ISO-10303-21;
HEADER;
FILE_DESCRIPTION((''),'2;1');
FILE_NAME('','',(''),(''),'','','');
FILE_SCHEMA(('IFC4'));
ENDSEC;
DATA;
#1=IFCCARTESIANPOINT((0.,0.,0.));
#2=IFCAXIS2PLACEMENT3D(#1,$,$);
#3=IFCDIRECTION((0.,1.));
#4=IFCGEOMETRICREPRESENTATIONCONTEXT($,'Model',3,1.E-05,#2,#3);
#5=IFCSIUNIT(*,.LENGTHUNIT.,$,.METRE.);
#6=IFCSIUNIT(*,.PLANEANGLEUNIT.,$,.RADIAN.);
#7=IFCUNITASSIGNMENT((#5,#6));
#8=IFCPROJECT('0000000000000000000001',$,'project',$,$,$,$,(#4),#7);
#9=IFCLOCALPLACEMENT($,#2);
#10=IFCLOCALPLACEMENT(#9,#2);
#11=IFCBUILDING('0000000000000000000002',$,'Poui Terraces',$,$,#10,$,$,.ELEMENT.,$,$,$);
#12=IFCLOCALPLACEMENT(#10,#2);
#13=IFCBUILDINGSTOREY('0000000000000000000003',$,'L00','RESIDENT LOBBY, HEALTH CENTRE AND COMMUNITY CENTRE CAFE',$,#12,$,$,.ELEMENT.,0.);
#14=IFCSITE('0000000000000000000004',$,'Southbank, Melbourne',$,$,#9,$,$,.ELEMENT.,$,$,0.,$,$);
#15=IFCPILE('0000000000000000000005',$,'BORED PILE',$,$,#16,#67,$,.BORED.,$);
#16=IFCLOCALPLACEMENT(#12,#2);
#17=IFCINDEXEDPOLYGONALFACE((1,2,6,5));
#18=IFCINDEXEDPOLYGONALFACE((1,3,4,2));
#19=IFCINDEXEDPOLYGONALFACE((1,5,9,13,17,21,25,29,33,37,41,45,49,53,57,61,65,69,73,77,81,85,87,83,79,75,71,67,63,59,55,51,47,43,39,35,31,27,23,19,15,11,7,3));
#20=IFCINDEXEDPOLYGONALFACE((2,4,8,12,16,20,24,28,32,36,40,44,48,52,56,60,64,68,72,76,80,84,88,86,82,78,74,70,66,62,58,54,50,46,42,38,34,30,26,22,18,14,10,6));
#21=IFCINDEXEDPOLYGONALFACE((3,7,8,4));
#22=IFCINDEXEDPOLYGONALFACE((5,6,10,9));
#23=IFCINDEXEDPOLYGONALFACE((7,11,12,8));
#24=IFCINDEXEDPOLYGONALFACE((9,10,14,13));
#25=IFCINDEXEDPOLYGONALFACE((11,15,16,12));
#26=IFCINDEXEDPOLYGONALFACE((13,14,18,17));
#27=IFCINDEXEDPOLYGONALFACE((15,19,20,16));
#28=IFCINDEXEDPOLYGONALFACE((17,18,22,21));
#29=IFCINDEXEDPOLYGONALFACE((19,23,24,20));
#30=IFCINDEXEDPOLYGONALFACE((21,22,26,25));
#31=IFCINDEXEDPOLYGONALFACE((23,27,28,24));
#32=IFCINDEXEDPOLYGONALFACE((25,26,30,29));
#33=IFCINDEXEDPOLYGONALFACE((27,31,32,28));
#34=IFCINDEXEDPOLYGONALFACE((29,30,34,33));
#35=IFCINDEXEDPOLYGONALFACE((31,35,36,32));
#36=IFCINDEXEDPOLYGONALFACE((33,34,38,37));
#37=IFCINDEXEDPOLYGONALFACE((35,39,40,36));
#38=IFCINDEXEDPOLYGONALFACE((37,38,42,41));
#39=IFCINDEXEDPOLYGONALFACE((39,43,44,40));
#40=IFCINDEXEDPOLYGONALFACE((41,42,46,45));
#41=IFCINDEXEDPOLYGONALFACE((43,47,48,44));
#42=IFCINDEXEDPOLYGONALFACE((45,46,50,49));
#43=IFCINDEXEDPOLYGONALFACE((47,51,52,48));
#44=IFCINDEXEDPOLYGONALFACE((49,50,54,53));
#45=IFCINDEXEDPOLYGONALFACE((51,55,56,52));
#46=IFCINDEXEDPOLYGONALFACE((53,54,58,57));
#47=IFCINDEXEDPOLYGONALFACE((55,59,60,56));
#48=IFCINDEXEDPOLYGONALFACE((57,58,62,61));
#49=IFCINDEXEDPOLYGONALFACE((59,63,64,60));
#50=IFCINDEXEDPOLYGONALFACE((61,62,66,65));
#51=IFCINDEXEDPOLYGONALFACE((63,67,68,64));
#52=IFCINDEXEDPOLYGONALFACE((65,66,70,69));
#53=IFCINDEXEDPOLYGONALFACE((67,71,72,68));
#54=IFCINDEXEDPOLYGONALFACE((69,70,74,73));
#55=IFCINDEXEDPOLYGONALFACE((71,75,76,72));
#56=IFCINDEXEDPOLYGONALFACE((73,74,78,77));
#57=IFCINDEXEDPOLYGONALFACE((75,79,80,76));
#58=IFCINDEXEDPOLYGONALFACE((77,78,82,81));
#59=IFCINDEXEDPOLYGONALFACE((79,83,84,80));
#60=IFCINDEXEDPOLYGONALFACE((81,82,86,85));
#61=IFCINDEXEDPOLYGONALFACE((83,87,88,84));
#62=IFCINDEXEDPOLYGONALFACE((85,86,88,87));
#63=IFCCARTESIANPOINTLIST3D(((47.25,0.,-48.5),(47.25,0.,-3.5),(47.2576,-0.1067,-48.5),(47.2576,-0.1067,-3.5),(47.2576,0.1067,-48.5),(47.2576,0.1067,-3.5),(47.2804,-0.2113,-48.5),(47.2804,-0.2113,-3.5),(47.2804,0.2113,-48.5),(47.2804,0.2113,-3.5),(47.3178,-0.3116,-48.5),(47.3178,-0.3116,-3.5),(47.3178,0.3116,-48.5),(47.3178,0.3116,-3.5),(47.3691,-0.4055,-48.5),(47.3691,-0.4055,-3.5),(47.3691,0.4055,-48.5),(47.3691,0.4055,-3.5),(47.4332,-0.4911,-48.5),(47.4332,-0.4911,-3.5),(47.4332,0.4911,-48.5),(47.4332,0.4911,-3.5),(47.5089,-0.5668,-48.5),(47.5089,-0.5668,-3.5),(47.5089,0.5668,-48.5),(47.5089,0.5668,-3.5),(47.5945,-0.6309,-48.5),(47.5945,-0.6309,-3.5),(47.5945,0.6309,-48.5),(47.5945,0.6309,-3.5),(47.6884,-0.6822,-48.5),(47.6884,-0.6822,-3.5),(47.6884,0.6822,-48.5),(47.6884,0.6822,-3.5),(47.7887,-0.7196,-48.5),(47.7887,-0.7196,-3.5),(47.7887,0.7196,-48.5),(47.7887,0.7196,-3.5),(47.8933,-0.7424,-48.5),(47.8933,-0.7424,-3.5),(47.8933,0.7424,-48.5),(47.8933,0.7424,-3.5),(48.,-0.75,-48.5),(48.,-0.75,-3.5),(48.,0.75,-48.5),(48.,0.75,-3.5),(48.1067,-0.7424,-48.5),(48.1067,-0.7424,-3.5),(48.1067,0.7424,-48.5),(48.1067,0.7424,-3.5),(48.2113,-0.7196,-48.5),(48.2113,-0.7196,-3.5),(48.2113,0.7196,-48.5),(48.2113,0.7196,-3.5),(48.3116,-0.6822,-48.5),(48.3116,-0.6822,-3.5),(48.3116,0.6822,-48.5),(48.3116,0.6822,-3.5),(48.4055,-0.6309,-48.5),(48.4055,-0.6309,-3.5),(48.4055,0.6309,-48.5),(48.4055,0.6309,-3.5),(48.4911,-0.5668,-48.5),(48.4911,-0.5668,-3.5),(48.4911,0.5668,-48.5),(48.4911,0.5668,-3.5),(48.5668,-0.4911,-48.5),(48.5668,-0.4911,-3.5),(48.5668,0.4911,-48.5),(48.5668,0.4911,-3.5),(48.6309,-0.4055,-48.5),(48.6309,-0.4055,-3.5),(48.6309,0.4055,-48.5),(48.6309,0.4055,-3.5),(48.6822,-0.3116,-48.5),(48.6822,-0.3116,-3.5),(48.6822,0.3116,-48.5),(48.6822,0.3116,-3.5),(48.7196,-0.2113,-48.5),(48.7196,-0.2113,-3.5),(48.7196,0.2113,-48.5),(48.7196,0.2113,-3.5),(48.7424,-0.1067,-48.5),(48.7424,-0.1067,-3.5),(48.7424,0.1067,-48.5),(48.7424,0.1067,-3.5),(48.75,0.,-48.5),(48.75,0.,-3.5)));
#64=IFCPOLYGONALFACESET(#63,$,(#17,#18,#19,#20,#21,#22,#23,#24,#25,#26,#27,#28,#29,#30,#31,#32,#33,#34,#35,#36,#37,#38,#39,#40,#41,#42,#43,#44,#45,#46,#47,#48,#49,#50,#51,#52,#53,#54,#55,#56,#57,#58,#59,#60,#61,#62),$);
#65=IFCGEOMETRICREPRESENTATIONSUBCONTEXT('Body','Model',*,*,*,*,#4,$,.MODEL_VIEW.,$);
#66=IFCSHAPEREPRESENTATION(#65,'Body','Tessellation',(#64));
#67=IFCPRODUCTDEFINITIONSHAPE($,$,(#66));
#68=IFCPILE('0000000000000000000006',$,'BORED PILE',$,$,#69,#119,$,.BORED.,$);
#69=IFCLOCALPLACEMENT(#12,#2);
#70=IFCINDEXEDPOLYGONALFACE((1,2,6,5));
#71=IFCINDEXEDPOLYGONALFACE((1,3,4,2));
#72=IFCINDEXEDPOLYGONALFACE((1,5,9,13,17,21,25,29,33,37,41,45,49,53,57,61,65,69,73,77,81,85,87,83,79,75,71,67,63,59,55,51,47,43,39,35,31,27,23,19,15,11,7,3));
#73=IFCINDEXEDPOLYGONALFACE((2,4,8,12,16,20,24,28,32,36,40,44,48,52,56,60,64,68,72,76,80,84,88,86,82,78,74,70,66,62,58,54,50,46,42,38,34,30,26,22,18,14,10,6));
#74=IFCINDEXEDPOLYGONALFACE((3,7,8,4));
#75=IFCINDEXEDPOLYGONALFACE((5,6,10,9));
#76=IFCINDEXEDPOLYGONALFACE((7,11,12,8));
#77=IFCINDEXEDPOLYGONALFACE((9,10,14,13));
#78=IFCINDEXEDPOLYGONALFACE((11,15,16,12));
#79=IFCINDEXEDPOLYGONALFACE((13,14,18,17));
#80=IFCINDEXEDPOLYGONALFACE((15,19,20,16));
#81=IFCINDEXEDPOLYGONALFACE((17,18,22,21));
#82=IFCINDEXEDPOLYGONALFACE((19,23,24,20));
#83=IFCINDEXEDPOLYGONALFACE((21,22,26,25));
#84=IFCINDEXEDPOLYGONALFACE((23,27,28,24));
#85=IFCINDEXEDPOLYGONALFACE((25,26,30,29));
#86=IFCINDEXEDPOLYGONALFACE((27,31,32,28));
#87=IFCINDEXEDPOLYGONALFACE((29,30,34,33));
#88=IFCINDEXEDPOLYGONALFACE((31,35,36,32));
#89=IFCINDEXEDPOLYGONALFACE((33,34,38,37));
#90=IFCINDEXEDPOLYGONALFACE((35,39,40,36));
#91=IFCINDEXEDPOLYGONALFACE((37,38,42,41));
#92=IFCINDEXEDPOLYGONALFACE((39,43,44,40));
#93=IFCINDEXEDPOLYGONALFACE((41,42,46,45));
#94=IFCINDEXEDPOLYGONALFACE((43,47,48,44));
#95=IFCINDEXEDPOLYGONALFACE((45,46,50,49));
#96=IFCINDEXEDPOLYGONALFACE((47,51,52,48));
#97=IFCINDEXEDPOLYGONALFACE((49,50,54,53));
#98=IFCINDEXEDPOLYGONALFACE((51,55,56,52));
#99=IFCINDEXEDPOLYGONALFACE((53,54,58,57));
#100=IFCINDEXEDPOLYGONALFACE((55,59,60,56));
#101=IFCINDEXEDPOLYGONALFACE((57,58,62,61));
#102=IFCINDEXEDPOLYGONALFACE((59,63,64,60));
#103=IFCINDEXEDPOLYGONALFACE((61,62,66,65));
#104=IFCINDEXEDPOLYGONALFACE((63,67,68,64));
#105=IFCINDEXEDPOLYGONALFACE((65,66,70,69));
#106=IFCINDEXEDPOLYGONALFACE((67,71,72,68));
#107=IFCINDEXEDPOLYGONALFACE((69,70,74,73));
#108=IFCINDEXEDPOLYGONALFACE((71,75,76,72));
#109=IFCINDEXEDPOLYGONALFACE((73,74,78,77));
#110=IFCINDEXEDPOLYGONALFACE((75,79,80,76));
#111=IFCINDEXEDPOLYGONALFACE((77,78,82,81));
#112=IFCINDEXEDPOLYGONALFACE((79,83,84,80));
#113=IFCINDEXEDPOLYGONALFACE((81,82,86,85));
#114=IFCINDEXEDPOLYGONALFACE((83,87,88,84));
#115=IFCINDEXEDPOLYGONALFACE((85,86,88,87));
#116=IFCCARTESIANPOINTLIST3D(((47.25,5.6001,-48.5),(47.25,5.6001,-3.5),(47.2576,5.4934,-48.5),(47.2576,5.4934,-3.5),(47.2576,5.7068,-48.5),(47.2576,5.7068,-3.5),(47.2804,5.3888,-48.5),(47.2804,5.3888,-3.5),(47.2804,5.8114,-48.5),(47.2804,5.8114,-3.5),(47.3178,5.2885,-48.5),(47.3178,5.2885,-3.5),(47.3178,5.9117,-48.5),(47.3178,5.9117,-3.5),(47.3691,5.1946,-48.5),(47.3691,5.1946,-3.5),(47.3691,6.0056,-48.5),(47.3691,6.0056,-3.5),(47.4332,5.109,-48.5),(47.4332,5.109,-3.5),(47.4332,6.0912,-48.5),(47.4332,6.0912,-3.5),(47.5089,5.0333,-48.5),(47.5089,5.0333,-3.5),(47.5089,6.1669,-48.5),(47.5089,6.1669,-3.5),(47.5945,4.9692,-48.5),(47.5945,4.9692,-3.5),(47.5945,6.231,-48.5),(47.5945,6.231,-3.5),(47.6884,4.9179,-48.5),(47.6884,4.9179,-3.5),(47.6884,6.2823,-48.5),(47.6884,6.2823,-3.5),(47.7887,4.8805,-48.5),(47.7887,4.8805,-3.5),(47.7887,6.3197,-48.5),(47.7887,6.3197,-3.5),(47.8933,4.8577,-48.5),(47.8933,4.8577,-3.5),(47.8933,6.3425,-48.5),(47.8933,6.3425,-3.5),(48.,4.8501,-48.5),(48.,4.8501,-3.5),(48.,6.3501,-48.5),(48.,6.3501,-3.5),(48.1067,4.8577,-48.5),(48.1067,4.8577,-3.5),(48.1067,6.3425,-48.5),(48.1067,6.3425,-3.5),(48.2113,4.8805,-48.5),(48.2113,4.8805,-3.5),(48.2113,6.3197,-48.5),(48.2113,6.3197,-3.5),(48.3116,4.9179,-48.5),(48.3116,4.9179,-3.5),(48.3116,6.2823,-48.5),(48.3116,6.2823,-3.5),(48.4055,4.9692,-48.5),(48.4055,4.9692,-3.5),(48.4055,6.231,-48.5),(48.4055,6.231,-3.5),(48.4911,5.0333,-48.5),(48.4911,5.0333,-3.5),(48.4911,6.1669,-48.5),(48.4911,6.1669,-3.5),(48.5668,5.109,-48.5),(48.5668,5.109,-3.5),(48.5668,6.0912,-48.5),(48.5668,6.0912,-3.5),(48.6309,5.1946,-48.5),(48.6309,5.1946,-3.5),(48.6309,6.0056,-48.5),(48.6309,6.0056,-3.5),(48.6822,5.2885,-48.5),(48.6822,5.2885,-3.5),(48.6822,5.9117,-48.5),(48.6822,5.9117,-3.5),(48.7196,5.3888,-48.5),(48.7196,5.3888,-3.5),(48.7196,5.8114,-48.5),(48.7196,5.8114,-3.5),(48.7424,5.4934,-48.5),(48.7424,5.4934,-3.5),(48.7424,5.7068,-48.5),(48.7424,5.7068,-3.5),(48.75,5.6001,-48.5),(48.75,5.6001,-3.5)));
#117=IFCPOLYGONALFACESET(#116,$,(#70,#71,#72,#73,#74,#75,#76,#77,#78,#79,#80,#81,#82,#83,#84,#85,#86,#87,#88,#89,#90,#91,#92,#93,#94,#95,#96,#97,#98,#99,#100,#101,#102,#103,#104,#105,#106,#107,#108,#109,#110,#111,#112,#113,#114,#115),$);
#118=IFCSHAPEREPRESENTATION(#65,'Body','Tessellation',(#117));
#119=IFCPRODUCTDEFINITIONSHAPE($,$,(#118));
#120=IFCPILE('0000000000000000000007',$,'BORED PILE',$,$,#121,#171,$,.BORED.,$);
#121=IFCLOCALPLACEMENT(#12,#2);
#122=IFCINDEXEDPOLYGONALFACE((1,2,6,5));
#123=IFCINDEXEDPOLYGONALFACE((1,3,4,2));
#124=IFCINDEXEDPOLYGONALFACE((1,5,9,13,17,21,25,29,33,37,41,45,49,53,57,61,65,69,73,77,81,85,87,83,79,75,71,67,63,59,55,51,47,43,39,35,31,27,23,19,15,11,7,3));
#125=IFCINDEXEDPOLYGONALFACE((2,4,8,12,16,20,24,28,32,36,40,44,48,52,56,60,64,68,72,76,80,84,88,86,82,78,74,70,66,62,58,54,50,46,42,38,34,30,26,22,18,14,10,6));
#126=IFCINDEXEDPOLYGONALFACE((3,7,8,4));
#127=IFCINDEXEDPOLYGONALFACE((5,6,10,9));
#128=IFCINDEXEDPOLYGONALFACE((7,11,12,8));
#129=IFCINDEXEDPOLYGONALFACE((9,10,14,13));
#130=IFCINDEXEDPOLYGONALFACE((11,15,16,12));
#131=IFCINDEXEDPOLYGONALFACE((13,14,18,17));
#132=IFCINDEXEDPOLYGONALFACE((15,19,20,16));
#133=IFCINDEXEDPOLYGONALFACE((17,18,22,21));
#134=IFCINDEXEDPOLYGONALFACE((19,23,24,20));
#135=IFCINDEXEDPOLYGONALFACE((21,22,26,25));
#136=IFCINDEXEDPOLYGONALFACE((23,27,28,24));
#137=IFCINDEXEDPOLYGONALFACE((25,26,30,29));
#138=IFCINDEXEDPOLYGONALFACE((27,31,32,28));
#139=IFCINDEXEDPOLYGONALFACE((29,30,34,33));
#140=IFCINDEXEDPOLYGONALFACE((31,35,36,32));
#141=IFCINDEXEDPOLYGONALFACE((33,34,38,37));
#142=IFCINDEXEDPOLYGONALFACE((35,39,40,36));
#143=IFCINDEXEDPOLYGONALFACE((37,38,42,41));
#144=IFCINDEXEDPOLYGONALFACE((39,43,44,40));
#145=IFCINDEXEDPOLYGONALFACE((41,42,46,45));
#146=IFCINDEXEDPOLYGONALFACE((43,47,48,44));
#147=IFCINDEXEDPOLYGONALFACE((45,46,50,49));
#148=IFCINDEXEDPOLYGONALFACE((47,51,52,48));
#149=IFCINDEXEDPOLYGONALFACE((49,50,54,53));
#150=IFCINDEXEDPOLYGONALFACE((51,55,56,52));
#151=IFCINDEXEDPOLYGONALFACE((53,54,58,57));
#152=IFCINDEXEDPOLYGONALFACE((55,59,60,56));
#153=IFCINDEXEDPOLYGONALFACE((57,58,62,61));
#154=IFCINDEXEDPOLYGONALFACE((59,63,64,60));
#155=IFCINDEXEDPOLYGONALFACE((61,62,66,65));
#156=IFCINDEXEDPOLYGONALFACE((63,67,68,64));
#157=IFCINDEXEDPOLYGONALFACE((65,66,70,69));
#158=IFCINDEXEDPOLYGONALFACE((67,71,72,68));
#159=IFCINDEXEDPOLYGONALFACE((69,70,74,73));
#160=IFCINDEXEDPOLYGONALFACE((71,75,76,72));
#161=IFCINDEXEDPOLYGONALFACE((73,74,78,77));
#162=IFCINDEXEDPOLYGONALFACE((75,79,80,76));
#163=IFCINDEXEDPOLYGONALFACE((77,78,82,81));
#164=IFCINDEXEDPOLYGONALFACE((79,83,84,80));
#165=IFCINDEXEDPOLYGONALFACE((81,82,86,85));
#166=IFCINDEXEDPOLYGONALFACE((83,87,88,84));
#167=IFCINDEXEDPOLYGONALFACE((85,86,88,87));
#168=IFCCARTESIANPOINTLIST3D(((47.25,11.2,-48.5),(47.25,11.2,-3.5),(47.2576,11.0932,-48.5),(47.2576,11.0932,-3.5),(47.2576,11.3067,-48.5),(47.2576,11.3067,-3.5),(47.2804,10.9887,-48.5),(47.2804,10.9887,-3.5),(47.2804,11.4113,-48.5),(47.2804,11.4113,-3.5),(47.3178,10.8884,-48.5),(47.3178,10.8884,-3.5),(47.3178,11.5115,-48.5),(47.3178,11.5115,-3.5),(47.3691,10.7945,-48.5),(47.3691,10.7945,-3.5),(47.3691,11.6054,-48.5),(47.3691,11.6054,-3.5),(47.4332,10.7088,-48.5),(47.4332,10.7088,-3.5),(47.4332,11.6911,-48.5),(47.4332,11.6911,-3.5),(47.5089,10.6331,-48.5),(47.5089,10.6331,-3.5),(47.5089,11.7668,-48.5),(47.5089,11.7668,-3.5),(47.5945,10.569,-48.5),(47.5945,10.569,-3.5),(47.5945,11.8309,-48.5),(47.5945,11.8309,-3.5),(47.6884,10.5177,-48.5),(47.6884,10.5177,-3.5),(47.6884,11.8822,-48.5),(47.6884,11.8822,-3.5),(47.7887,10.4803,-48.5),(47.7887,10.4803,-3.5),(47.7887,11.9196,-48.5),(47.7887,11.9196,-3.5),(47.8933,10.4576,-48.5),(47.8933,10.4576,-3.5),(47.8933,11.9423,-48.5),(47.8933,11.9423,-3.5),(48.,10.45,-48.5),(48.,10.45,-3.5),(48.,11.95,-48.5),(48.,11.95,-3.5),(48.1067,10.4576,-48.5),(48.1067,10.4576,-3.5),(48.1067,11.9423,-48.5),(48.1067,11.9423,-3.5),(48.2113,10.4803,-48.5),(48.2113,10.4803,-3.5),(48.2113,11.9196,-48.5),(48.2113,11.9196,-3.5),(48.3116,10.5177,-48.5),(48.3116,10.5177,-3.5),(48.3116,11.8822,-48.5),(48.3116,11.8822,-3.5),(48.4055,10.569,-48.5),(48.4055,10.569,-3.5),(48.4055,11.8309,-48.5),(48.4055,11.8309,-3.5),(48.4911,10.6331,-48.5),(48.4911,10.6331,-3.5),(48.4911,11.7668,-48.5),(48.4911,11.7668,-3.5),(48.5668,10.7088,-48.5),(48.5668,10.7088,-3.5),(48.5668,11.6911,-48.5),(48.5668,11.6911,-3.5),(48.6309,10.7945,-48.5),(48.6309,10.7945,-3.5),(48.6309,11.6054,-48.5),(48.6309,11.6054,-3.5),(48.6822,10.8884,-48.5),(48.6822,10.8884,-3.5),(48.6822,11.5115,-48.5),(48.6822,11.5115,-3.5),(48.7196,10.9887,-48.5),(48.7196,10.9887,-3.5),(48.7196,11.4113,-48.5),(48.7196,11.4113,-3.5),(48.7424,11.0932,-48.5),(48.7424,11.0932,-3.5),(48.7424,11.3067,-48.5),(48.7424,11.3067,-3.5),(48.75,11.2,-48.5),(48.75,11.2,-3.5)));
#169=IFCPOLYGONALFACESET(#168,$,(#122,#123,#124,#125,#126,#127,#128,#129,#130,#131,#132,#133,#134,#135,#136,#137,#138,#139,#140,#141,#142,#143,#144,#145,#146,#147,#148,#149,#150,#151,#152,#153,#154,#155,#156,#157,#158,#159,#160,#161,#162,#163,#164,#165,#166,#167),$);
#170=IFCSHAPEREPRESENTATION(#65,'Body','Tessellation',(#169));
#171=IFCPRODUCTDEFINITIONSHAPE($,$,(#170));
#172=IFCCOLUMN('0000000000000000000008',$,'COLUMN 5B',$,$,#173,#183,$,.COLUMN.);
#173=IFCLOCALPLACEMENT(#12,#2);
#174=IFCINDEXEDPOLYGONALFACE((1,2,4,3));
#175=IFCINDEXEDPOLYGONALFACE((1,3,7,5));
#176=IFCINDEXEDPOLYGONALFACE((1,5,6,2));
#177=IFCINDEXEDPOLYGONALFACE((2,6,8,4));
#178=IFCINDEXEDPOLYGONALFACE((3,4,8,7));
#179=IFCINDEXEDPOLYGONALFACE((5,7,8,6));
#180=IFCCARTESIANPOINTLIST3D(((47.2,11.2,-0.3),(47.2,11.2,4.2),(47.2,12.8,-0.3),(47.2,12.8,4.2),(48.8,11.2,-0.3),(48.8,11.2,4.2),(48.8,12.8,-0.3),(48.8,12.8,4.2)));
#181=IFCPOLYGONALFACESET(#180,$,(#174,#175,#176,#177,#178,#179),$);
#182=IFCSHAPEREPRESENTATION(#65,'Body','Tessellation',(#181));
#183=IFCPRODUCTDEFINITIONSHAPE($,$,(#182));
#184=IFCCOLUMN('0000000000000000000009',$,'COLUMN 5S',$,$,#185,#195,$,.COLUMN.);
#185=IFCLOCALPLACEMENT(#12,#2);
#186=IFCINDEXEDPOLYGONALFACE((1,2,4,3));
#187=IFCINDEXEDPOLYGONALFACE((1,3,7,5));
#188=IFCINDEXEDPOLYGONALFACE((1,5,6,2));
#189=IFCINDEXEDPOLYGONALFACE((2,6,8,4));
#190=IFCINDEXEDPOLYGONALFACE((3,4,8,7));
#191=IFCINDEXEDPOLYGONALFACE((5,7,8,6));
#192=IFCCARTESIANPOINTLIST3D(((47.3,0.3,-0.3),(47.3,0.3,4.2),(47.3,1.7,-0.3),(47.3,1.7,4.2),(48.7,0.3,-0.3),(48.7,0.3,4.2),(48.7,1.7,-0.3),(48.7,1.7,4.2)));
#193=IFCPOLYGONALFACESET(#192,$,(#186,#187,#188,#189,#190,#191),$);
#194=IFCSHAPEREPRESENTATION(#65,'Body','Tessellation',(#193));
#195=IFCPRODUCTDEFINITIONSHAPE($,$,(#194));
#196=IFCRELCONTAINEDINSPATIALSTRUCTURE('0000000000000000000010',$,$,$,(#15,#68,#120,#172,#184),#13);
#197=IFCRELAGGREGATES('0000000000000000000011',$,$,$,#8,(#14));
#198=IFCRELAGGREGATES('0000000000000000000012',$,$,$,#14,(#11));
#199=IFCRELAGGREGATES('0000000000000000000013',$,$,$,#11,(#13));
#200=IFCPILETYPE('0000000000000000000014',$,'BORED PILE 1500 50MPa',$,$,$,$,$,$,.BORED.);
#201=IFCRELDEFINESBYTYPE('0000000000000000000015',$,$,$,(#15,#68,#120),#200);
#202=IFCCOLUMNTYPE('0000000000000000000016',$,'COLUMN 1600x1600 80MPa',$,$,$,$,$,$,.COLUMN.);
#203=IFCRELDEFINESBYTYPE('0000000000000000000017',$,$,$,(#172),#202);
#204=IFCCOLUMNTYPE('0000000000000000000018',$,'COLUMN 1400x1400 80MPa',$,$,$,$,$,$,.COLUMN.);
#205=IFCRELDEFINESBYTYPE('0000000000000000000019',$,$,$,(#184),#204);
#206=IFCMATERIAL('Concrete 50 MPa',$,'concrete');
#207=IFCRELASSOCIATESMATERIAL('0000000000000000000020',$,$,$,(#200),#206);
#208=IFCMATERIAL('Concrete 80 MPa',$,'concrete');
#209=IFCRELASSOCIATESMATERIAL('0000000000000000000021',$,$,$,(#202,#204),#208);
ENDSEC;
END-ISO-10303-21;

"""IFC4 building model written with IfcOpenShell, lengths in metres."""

from ifc_helpers import new_model, si_unit, direction, frame, origin, origin_2d, place, context, subcontext, project, spatial, rectangle, circle, extrude, source, transform, mapped, material, material_profile, profile_set, type_object, element, save


model = new_model("IFC4")

# Units and contexts
model_context = context("Model", 3, precision=1e-05, world=origin(), true_north=direction((0.0, 1.0)))
body_context = subcontext(model_context, "Body", "Model", "MODEL_VIEW")
ifc_project = project(units=[si_unit("LENGTHUNIT", "METRE"), si_unit("PLANEANGLEUNIT", "RADIAN")], contexts=[model_context])

# Site, building, storey
site_placement = place(None, origin())
site = spatial("IfcSite", under=ifc_project, at=site_placement, Name="Southbank, Melbourne", CompositionType="ELEMENT", RefElevation=0.0)
building_placement = place(site_placement, origin())
building = spatial("IfcBuilding", under=site, at=building_placement, Name="Poui Terraces", CompositionType="ELEMENT")
storey_placement = place(building_placement, origin())
storey = spatial("IfcBuildingStorey", under=building, at=storey_placement, Name="L00", Description="RESIDENT LOBBY, HEALTH CENTRE AND COMMUNITY CENTRE CAFE", CompositionType="ELEMENT", Elevation=0.0)

# Piles
ifc_material_1 = material(Name="Concrete 50 MPa", Category="concrete")
ifc_material_profile_1 = material_profile(ifc_material_1, circle(Radius=0.75, at=origin_2d()), Name="RC D1500")
ifc_profile_set_1 = profile_set([ifc_material_profile_1], Name="Concrete 50 MPa")
pile_type = type_object("IfcPileType", Name="BORED PILE 1500 50MPa", PredefinedType="BORED", material=ifc_profile_set_1)
for number, where, z_axis, x_axis, name in (
    (1, (48.0, 0.0, -3.5), (0.0, 0.0, -1.0), (1.0, 0.0, 0.0), "BORED PILE"),
    (2, (48.0, 5.6001, -3.5), (0.0, 0.0, -1.0), (1.0, 0.0, 0.0), "BORED PILE"),
    (3, (48.0, 11.2, -3.5), (0.0, 0.0, -1.0), (1.0, 0.0, 0.0), "BORED PILE"),
):
    element("IfcPile", number, at=place(storey_placement, frame(where, z_axis=z_axis, x_axis=x_axis)), inside=storey, type_object=pile_type, Name=name, PredefinedType="BORED", context=body_context, shape_type="SweptSolid", body=[
        extrude(circle(Radius=0.75, at=origin_2d()), origin(), (0.0, 0.0, 1.0), 45.0),
    ])

# Columns
ifc_material_2 = material(Name="Concrete 80 MPa", Category="concrete")
ifc_material_profile_2 = material_profile(ifc_material_2, rectangle(XDim=1.6001, YDim=1.6001, at=origin_2d()), Name="RC 1600x1600")
ifc_profile_set_2 = profile_set([ifc_material_profile_2], Name="Concrete 80 MPa")
column_type_1 = type_object("IfcColumnType", Name="COLUMN 1600x1600 80MPa", PredefinedType="COLUMN", material=ifc_profile_set_2)
shared_shape_1 = source(origin(), body_context, "Body", "SweptSolid", [
    extrude(rectangle(XDim=1.6001, YDim=1.6001, at=origin_2d()), origin(), (0.0, 0.0, 1.0), 4.5),
])
column_1_placement = place(storey_placement, frame((48.0, 12.0, -0.3), z_axis=(0.0, 0.0, 1.0), x_axis=(1.0, 0.0, 0.0)))
element("IfcColumn", 4, at=column_1_placement, inside=storey, type_object=column_type_1, Name="COLUMN 5B", PredefinedType="COLUMN", context=body_context, shape_type="MappedRepresentation", body=[
    mapped(shared_shape_1, transform((0.0, 0.0, 0.0))),
])
ifc_material_profile_3 = material_profile(ifc_material_2, rectangle(XDim=1.3999, YDim=1.3999, at=origin_2d()), Name="RC 1400x1400")
ifc_profile_set_3 = profile_set([ifc_material_profile_3], Name="Concrete 80 MPa")
column_type_2 = type_object("IfcColumnType", Name="COLUMN 1400x1400 80MPa", PredefinedType="COLUMN", material=ifc_profile_set_3)
shared_shape_2 = source(origin(), body_context, "Body", "SweptSolid", [
    extrude(rectangle(XDim=1.3999, YDim=1.3999, at=origin_2d()), origin(), (0.0, 0.0, 1.0), 4.5),
])
column_2_placement = place(storey_placement, frame((48.0, 1.0, -0.3), z_axis=(0.0, 0.0, 1.0), x_axis=(1.0, 0.0, 0.0)))
element("IfcColumn", 5, at=column_2_placement, inside=storey, type_object=column_type_2, Name="COLUMN 5S", PredefinedType="COLUMN", context=body_context, shape_type="MappedRepresentation", body=[
    mapped(shared_shape_2, transform((0.0, 0.0, 0.0))),
])

save(model, "model.ifc")
